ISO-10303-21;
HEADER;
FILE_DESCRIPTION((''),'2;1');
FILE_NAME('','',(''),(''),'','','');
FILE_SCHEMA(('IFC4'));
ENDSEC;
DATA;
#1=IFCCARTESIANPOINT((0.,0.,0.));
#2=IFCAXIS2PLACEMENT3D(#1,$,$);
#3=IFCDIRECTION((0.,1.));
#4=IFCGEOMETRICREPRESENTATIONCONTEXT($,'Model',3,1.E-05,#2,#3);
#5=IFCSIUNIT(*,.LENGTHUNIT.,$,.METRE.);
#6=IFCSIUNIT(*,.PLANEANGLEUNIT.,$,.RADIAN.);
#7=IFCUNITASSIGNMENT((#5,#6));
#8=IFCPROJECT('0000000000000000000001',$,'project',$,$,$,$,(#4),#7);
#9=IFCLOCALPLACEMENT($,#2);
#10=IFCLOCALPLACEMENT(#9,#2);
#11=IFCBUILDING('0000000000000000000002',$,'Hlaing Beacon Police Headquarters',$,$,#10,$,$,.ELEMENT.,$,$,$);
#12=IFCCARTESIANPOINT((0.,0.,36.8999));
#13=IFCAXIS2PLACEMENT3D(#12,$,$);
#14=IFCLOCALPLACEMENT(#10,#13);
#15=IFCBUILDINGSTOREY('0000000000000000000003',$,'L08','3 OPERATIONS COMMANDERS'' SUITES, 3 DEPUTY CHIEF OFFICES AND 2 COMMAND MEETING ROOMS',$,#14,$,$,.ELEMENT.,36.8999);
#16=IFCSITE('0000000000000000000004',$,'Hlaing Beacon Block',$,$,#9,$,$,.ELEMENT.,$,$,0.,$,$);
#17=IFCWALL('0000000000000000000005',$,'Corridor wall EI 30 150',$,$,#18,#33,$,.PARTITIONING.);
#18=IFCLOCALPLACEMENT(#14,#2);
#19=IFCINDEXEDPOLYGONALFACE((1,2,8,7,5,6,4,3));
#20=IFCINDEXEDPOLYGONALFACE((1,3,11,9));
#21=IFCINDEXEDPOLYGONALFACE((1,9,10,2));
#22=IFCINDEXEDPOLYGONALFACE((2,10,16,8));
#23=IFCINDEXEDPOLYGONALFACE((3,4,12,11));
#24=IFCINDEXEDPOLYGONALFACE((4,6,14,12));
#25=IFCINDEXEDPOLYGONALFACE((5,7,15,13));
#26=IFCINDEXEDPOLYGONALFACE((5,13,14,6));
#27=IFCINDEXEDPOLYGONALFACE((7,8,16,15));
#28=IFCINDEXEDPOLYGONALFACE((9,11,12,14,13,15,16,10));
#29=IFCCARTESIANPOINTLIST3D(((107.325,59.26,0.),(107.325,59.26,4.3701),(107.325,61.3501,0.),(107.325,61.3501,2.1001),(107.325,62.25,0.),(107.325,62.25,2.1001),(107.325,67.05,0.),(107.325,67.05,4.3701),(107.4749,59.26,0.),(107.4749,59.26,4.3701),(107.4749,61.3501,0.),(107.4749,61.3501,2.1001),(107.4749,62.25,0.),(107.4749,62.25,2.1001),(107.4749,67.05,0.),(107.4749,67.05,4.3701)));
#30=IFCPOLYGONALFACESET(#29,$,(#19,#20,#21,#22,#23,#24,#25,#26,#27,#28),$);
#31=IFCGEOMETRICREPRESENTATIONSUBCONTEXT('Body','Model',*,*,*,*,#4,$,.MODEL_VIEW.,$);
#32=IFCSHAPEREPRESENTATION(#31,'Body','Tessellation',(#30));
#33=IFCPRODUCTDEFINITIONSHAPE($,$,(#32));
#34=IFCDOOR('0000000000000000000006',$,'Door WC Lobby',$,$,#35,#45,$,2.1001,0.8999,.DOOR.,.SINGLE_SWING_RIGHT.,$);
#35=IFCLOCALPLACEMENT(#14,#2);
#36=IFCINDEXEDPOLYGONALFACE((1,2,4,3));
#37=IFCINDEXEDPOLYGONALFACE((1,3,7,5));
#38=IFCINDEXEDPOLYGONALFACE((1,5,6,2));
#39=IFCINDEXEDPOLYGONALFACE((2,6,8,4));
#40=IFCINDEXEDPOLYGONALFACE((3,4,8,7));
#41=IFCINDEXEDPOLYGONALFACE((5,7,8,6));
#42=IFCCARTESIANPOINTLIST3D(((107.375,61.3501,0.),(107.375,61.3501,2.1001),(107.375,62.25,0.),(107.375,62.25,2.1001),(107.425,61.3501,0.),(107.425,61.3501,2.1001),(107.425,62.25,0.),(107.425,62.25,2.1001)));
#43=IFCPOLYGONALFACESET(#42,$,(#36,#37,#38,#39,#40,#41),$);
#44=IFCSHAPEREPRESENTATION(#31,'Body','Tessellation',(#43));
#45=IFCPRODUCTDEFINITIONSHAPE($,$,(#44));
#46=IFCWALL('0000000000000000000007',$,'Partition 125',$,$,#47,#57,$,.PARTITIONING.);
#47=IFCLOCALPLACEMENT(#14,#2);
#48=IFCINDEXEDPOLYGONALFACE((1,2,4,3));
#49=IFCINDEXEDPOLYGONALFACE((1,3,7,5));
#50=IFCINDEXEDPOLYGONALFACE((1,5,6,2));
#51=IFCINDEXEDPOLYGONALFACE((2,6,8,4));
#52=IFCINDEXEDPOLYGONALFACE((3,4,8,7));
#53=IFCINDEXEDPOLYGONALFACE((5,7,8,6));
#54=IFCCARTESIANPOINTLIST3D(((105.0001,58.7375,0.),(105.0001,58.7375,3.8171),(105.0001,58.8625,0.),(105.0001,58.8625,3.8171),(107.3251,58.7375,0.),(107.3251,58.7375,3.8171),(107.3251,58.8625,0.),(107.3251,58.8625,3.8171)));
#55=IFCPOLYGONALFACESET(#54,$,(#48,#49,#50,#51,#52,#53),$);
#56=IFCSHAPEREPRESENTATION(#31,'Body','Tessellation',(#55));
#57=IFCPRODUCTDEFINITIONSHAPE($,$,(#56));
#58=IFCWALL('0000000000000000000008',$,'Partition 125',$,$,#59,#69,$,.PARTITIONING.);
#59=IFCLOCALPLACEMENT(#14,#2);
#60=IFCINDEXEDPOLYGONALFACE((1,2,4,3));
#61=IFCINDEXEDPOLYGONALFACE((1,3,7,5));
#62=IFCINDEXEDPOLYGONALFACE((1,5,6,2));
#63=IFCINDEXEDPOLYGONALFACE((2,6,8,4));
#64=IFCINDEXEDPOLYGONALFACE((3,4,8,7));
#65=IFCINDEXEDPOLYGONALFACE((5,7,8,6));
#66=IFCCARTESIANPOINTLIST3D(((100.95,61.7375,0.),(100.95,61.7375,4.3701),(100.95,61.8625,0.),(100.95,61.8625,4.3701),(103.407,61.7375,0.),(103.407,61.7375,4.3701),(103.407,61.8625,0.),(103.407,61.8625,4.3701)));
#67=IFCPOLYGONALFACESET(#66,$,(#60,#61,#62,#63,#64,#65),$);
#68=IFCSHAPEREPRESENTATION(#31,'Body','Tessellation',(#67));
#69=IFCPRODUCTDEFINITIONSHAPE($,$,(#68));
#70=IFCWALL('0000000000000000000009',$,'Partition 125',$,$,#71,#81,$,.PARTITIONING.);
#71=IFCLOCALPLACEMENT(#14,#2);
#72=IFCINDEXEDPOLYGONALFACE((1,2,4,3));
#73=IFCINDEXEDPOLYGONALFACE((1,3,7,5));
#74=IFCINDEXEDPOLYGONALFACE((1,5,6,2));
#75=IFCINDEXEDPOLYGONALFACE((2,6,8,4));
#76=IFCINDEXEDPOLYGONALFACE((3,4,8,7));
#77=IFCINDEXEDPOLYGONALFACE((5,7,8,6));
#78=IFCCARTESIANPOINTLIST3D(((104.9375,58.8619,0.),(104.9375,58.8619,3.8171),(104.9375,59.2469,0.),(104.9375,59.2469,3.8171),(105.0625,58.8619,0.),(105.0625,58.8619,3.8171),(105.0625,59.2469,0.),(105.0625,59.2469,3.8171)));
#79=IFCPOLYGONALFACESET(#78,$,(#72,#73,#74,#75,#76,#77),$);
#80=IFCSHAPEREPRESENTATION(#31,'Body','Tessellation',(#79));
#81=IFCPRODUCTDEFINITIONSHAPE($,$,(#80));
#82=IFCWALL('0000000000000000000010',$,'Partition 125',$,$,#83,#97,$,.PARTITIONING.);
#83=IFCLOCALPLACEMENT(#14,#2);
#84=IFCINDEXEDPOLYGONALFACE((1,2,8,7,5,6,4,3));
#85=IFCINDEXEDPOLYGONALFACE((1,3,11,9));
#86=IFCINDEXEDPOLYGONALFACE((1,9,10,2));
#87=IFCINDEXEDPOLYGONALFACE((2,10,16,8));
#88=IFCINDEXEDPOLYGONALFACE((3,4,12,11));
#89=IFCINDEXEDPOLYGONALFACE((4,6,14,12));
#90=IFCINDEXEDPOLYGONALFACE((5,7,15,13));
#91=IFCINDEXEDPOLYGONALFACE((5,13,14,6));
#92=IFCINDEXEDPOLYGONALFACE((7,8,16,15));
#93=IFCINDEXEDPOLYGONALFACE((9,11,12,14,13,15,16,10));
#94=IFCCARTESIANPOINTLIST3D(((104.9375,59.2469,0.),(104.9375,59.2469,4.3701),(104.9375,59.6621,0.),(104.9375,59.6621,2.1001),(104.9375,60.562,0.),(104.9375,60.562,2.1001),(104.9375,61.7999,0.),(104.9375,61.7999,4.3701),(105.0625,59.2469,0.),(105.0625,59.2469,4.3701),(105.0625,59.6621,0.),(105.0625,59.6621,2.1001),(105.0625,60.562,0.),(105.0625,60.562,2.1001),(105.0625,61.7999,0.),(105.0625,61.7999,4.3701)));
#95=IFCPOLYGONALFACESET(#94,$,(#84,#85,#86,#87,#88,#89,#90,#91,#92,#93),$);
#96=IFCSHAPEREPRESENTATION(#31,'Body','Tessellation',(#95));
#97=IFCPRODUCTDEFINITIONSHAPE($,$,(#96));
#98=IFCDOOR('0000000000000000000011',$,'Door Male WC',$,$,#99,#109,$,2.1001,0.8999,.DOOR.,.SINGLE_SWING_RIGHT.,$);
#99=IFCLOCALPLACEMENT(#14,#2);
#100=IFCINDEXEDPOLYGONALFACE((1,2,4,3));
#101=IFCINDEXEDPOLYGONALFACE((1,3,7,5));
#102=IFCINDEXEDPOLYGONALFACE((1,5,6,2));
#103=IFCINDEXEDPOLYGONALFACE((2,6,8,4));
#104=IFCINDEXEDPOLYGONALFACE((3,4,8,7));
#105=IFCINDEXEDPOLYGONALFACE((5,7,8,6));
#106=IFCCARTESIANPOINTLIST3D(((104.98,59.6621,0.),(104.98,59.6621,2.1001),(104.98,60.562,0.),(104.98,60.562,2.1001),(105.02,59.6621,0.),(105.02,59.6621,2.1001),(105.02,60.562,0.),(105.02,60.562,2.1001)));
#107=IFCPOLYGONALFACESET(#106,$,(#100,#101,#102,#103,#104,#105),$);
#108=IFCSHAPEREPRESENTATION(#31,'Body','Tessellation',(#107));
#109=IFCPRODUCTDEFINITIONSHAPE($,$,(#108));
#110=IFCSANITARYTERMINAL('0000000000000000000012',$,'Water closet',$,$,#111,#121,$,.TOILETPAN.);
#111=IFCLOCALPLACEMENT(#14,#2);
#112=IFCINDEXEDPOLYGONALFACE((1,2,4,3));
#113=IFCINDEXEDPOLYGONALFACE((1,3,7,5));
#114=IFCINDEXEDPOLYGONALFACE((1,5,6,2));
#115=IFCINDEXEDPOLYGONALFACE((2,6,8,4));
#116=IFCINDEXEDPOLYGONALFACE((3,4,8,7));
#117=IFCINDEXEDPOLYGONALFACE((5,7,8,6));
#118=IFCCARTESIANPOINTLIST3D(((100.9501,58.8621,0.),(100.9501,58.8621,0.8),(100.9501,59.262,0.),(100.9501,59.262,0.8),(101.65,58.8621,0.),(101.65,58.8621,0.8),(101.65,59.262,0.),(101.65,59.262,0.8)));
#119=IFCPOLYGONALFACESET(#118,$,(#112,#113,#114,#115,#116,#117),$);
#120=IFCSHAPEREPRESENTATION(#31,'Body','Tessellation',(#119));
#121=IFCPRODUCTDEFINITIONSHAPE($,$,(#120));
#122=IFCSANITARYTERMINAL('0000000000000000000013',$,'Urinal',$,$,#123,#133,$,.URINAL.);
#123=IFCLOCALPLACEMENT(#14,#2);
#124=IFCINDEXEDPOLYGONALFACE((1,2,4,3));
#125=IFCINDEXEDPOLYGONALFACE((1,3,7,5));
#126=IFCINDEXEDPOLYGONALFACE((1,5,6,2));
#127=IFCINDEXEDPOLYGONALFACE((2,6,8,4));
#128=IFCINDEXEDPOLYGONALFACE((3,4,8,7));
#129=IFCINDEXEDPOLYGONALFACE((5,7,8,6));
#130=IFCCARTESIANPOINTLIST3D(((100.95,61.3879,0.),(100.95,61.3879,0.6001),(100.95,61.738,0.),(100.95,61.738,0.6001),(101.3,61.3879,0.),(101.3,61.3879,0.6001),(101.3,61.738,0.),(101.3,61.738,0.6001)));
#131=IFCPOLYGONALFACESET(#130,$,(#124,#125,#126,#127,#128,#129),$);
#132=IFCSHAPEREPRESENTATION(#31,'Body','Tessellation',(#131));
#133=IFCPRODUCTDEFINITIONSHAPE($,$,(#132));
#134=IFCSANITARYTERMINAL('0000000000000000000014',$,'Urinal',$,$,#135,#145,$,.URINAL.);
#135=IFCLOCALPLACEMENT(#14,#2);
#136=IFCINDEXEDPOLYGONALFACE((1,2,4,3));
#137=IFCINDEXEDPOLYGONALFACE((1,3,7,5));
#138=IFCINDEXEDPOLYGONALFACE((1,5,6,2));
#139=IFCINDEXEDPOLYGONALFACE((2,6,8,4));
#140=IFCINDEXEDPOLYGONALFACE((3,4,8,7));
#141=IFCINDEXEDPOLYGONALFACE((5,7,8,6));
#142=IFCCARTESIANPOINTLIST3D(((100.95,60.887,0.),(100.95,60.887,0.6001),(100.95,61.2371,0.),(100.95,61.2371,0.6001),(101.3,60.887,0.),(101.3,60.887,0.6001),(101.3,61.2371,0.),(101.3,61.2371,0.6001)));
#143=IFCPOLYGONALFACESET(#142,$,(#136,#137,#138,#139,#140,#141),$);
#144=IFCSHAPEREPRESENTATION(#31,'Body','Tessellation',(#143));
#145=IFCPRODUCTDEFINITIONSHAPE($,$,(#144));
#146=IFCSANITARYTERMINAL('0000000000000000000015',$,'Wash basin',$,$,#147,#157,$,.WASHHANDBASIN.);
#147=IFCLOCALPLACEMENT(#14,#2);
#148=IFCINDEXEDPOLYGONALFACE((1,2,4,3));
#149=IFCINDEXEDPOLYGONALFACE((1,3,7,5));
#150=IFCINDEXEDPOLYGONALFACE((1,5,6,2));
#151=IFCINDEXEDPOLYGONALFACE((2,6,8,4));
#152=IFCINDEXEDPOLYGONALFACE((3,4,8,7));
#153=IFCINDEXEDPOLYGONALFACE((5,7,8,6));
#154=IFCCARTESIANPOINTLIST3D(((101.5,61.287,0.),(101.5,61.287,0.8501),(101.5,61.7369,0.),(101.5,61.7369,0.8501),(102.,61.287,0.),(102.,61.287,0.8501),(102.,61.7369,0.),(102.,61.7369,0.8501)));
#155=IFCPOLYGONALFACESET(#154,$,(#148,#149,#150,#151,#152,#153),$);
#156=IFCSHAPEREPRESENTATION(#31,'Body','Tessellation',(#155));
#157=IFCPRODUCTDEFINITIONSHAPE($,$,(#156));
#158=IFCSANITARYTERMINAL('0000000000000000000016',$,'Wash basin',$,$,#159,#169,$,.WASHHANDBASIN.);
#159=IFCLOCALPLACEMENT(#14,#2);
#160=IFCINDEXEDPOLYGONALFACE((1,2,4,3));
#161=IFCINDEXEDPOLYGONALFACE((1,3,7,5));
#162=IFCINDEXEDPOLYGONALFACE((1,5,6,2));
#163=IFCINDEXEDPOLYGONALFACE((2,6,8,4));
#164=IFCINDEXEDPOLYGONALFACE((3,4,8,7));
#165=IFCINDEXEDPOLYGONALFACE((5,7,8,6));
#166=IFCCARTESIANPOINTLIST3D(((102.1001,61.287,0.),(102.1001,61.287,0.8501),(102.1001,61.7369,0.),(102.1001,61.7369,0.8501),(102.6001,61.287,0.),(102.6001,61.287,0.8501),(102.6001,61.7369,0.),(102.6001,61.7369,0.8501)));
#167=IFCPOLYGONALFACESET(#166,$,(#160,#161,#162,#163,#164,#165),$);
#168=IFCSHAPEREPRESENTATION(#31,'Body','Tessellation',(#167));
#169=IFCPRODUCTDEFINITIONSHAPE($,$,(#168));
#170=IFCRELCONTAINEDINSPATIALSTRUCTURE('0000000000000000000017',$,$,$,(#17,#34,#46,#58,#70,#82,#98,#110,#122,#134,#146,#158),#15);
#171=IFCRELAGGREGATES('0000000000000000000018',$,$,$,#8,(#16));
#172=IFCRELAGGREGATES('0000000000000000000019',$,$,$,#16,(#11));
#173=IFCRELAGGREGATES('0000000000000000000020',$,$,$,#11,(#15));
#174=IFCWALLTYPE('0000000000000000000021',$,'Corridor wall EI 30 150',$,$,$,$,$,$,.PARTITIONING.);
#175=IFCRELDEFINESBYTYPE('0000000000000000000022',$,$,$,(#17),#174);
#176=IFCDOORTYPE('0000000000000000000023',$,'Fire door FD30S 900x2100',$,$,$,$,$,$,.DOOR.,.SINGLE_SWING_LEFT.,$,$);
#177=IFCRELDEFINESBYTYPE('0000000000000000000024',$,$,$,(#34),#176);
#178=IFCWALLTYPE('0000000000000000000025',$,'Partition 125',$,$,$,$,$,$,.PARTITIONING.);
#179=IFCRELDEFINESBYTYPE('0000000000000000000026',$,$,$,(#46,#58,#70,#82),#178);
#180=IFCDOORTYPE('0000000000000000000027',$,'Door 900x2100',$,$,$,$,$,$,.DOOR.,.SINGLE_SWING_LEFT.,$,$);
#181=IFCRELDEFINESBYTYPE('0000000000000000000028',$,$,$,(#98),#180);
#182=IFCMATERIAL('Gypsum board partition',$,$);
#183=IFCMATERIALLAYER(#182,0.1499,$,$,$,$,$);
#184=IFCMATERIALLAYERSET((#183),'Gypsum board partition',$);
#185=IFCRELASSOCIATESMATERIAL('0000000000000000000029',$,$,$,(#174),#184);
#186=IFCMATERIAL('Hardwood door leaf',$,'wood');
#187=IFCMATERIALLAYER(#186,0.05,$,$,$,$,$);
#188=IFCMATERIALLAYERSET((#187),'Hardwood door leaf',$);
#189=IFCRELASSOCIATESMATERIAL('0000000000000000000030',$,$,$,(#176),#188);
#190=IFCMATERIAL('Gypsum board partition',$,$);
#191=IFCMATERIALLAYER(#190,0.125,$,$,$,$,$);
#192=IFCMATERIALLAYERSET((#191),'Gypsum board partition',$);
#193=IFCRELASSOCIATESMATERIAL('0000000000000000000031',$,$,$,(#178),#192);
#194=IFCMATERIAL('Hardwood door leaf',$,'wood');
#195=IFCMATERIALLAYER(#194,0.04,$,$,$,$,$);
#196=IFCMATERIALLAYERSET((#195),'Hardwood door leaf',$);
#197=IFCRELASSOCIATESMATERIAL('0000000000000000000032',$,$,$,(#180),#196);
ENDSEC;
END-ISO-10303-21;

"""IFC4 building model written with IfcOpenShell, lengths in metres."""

from ifc_helpers import new_model, si_unit, direction, frame, frame_2d, origin, origin_2d, place, context, subcontext, project, spatial, rectangle, extrude, material, layer, layer_set, type_object, element, fill, save


model = new_model("IFC4")

# Units and contexts
model_context = context("Model", 3, precision=1e-05, world=origin(), true_north=direction((0.0, 1.0)))
body_context = subcontext(model_context, "Body", "Model", "MODEL_VIEW")
ifc_project = project(units=[si_unit("LENGTHUNIT", "METRE"), si_unit("PLANEANGLEUNIT", "RADIAN")], contexts=[model_context])

# Site, building, storey
site_placement = place(None, origin())
site = spatial("IfcSite", under=ifc_project, at=site_placement, Name="Hlaing Beacon Block", CompositionType="ELEMENT", RefElevation=0.0)
building_placement = place(site_placement, origin())
building = spatial("IfcBuilding", under=site, at=building_placement, Name="Hlaing Beacon Police Headquarters", CompositionType="ELEMENT")
storey_placement = place(building_placement, frame((0.0, 0.0, 36.8999)))
storey = spatial("IfcBuildingStorey", under=building, at=storey_placement, Name="L08", Description="3 OPERATIONS COMMANDERS' SUITES, 3 DEPUTY CHIEF OFFICES AND 2 COMMAND MEETING ROOMS", CompositionType="ELEMENT", Elevation=36.8999)

# Shared definitions
ifc_material_1 = material(Name="Gypsum board partition")
ifc_layer_1 = layer(ifc_material_1, 0.1499)
ifc_layer_set_1 = layer_set([ifc_layer_1], Name="Gypsum board partition")
wall_type_1 = type_object("IfcWallType", Name="Corridor wall EI 30 150", PredefinedType="PARTITIONING", material=ifc_layer_set_1)

# Wall, opening, door
wall_1_placement = place(storey_placement, frame((107.3999, 59.26, 0.0), z_axis=(0.0, 0.0, 1.0), x_axis=(0.0, 1.0, 0.0)))
wall_1 = element("IfcWall", 1, at=wall_1_placement, inside=storey, type_object=wall_type_1, Name="Corridor wall EI 30 150", PredefinedType="PARTITIONING", context=body_context, shape_type="SweptSolid", body=[
    extrude(rectangle(XDim=7.79, YDim=0.1499, at=frame_2d((3.895, 0.0))), origin(), (0.0, 0.0, 1.0), 4.3701),
])
opening_1_placement = place(wall_1_placement, frame((2.0901, 0.0, 0.0)))
opening_1 = element("IfcOpeningElement", 2, at=opening_1_placement, cuts=wall_1, PredefinedType="OPENING", context=body_context, shape_type="SweptSolid", body=[
    extrude(rectangle(XDim=0.8999, YDim=2.1001, at=frame_2d((0.45, 1.05))), frame((0.0, 0.085, 0.0), z_axis=(0.0, -1.0, 0.0), x_axis=(1.0, 0.0, 0.0)), (0.0, 0.0, 1.0), 0.1699),
])
ifc_material_2 = material(Name="Hardwood door leaf", Category="wood")
ifc_layer_2 = layer(ifc_material_2, 0.05)
ifc_layer_set_2 = layer_set([ifc_layer_2], Name="Hardwood door leaf")
door_type_1 = type_object("IfcDoorType", Name="Fire door FD30S 900x2100", OperationType="SINGLE_SWING_LEFT", PredefinedType="DOOR", material=ifc_layer_set_2)
door_1_placement = place(opening_1_placement, origin())
door_1 = element("IfcDoor", 3, at=door_1_placement, inside=storey, type_object=door_type_1, Name="Door WC Lobby", OperationType="SINGLE_SWING_RIGHT", OverallHeight=2.1001, OverallWidth=0.8999, PredefinedType="DOOR", context=body_context, shape_type="SweptSolid", body=[
    extrude(rectangle(XDim=0.8999, YDim=2.1001, at=frame_2d((0.45, 1.05))), frame((0.0, 0.0249, 0.0), z_axis=(0.0, -1.0, 0.0), x_axis=(1.0, 0.0, 0.0)), (0.0, 0.0, 1.0), 0.05),
])
fill(opening_1, door_1)

# Walls
ifc_material_3 = material(Name="Gypsum board partition")
ifc_layer_3 = layer(ifc_material_3, 0.125)
ifc_layer_set_3 = layer_set([ifc_layer_3], Name="Gypsum board partition")
wall_type_2 = type_object("IfcWallType", Name="Partition 125", PredefinedType="PARTITIONING", material=ifc_layer_set_3)
wall_2_placement = place(storey_placement, frame((105.0, 58.8, 0.0), z_axis=(0.0, 0.0, 1.0), x_axis=(1.0, 0.0, 0.0)))
element("IfcWall", 4, at=wall_2_placement, inside=storey, type_object=wall_type_2, Name="Partition 125", PredefinedType="PARTITIONING", context=body_context, shape_type="SweptSolid", body=[
    extrude(rectangle(XDim=2.325, YDim=0.125, at=frame_2d((1.1626, 0.0))), origin(), (0.0, 0.0, 1.0), 3.8171),
])
wall_3_placement = place(storey_placement, frame((100.95, 61.8, 0.0), z_axis=(0.0, 0.0, 1.0), x_axis=(1.0, 0.0, 0.0)))
element("IfcWall", 5, at=wall_3_placement, inside=storey, type_object=wall_type_2, Name="Partition 125", PredefinedType="PARTITIONING", context=body_context, shape_type="SweptSolid", body=[
    extrude(rectangle(XDim=2.457, YDim=0.125, at=frame_2d((1.2285, 0.0))), origin(), (0.0, 0.0, 1.0), 4.3701),
])
wall_4_placement = place(storey_placement, frame((105.0, 58.8621, 0.0), z_axis=(0.0, 0.0, 1.0), x_axis=(0.0, 1.0, 0.0)))
element("IfcWall", 6, at=wall_4_placement, inside=storey, type_object=wall_type_2, Name="Partition 125", PredefinedType="PARTITIONING", context=body_context, shape_type="SweptSolid", body=[
    extrude(rectangle(XDim=0.385, YDim=0.125, at=frame_2d((0.1924, 0.0))), origin(), (0.0, 0.0, 1.0), 3.8171),
])

# Wall, opening, door
wall_5_placement = place(storey_placement, frame((105.0, 59.2471, 0.0), z_axis=(0.0, 0.0, 1.0), x_axis=(0.0, 1.0, 0.0)))
wall_5 = element("IfcWall", 7, at=wall_5_placement, inside=storey, type_object=wall_type_2, Name="Partition 125", PredefinedType="PARTITIONING", context=body_context, shape_type="SweptSolid", body=[
    extrude(rectangle(XDim=2.553, YDim=0.125, at=frame_2d((1.2764, 0.0))), origin(), (0.0, 0.0, 1.0), 4.3701),
])
opening_2_placement = place(wall_5_placement, frame((0.415, 0.0, 0.0)))
opening_2 = element("IfcOpeningElement", 8, at=opening_2_placement, cuts=wall_5, PredefinedType="OPENING", context=body_context, shape_type="SweptSolid", body=[
    extrude(rectangle(XDim=0.8999, YDim=2.1001, at=frame_2d((0.45, 1.05))), frame((0.0, 0.0725, 0.0), z_axis=(0.0, -1.0, 0.0), x_axis=(1.0, 0.0, 0.0)), (0.0, 0.0, 1.0), 0.145),
])
ifc_material_4 = material(Name="Hardwood door leaf", Category="wood")
ifc_layer_4 = layer(ifc_material_4, 0.04)
ifc_layer_set_4 = layer_set([ifc_layer_4], Name="Hardwood door leaf")
door_type_2 = type_object("IfcDoorType", Name="Door 900x2100", OperationType="SINGLE_SWING_LEFT", PredefinedType="DOOR", material=ifc_layer_set_4)
door_2_placement = place(opening_2_placement, origin())
door_2 = element("IfcDoor", 9, at=door_2_placement, inside=storey, type_object=door_type_2, Name="Door Male WC", OperationType="SINGLE_SWING_RIGHT", OverallHeight=2.1001, OverallWidth=0.8999, PredefinedType="DOOR", context=body_context, shape_type="SweptSolid", body=[
    extrude(rectangle(XDim=0.8999, YDim=2.1001, at=frame_2d((0.45, 1.05))), frame((0.0, 0.02, 0.0), z_axis=(0.0, -1.0, 0.0), x_axis=(1.0, 0.0, 0.0)), (0.0, 0.0, 1.0), 0.04),
])
fill(opening_2, door_2)

# Sanitary terminals
sanitary_terminal_placement = place(storey_placement, frame((101.3, 59.062, 0.0), z_axis=(0.0, 0.0, 1.0), x_axis=(1.0, 0.0, 0.0)))
element("IfcSanitaryTerminal", 10, at=sanitary_terminal_placement, inside=storey, Name="Water closet", PredefinedType="TOILETPAN", context=body_context, shape_type="SweptSolid", body=[
    extrude(rectangle(XDim=0.7, YDim=0.3999, at=origin_2d()), origin(), (0.0, 0.0, 1.0), 0.8),
])
for number, where, z_axis, x_axis, name in (
    (11, (101.125, 61.563, 0.0), (0.0, 0.0, 1.0), (1.0, 0.0, 0.0), "Urinal"),
    (12, (101.125, 61.062, 0.0), (0.0, 0.0, 1.0), (1.0, 0.0, 0.0), "Urinal"),
):
    element("IfcSanitaryTerminal", number, at=place(storey_placement, frame(where, z_axis=z_axis, x_axis=x_axis)), inside=storey, Name=name, PredefinedType="URINAL", context=body_context, shape_type="SweptSolid", body=[
        extrude(rectangle(XDim=0.3501, YDim=0.3501, at=origin_2d()), origin(), (0.0, 0.0, 1.0), 0.6001),
    ])
for number, where, z_axis, x_axis, name in (
    (13, (101.75, 61.512, 0.0), (0.0, 0.0, 1.0), (1.0, 0.0, 0.0), "Wash basin"),
    (14, (102.3501, 61.512, 0.0), (0.0, 0.0, 1.0), (1.0, 0.0, 0.0), "Wash basin"),
):
    element("IfcSanitaryTerminal", number, at=place(storey_placement, frame(where, z_axis=z_axis, x_axis=x_axis)), inside=storey, Name=name, PredefinedType="WASHHANDBASIN", context=body_context, shape_type="SweptSolid", body=[
        extrude(rectangle(XDim=0.5, YDim=0.45, at=origin_2d()), origin(), (0.0, 0.0, 1.0), 0.8501),
    ])

save(model, "model.ifc")
